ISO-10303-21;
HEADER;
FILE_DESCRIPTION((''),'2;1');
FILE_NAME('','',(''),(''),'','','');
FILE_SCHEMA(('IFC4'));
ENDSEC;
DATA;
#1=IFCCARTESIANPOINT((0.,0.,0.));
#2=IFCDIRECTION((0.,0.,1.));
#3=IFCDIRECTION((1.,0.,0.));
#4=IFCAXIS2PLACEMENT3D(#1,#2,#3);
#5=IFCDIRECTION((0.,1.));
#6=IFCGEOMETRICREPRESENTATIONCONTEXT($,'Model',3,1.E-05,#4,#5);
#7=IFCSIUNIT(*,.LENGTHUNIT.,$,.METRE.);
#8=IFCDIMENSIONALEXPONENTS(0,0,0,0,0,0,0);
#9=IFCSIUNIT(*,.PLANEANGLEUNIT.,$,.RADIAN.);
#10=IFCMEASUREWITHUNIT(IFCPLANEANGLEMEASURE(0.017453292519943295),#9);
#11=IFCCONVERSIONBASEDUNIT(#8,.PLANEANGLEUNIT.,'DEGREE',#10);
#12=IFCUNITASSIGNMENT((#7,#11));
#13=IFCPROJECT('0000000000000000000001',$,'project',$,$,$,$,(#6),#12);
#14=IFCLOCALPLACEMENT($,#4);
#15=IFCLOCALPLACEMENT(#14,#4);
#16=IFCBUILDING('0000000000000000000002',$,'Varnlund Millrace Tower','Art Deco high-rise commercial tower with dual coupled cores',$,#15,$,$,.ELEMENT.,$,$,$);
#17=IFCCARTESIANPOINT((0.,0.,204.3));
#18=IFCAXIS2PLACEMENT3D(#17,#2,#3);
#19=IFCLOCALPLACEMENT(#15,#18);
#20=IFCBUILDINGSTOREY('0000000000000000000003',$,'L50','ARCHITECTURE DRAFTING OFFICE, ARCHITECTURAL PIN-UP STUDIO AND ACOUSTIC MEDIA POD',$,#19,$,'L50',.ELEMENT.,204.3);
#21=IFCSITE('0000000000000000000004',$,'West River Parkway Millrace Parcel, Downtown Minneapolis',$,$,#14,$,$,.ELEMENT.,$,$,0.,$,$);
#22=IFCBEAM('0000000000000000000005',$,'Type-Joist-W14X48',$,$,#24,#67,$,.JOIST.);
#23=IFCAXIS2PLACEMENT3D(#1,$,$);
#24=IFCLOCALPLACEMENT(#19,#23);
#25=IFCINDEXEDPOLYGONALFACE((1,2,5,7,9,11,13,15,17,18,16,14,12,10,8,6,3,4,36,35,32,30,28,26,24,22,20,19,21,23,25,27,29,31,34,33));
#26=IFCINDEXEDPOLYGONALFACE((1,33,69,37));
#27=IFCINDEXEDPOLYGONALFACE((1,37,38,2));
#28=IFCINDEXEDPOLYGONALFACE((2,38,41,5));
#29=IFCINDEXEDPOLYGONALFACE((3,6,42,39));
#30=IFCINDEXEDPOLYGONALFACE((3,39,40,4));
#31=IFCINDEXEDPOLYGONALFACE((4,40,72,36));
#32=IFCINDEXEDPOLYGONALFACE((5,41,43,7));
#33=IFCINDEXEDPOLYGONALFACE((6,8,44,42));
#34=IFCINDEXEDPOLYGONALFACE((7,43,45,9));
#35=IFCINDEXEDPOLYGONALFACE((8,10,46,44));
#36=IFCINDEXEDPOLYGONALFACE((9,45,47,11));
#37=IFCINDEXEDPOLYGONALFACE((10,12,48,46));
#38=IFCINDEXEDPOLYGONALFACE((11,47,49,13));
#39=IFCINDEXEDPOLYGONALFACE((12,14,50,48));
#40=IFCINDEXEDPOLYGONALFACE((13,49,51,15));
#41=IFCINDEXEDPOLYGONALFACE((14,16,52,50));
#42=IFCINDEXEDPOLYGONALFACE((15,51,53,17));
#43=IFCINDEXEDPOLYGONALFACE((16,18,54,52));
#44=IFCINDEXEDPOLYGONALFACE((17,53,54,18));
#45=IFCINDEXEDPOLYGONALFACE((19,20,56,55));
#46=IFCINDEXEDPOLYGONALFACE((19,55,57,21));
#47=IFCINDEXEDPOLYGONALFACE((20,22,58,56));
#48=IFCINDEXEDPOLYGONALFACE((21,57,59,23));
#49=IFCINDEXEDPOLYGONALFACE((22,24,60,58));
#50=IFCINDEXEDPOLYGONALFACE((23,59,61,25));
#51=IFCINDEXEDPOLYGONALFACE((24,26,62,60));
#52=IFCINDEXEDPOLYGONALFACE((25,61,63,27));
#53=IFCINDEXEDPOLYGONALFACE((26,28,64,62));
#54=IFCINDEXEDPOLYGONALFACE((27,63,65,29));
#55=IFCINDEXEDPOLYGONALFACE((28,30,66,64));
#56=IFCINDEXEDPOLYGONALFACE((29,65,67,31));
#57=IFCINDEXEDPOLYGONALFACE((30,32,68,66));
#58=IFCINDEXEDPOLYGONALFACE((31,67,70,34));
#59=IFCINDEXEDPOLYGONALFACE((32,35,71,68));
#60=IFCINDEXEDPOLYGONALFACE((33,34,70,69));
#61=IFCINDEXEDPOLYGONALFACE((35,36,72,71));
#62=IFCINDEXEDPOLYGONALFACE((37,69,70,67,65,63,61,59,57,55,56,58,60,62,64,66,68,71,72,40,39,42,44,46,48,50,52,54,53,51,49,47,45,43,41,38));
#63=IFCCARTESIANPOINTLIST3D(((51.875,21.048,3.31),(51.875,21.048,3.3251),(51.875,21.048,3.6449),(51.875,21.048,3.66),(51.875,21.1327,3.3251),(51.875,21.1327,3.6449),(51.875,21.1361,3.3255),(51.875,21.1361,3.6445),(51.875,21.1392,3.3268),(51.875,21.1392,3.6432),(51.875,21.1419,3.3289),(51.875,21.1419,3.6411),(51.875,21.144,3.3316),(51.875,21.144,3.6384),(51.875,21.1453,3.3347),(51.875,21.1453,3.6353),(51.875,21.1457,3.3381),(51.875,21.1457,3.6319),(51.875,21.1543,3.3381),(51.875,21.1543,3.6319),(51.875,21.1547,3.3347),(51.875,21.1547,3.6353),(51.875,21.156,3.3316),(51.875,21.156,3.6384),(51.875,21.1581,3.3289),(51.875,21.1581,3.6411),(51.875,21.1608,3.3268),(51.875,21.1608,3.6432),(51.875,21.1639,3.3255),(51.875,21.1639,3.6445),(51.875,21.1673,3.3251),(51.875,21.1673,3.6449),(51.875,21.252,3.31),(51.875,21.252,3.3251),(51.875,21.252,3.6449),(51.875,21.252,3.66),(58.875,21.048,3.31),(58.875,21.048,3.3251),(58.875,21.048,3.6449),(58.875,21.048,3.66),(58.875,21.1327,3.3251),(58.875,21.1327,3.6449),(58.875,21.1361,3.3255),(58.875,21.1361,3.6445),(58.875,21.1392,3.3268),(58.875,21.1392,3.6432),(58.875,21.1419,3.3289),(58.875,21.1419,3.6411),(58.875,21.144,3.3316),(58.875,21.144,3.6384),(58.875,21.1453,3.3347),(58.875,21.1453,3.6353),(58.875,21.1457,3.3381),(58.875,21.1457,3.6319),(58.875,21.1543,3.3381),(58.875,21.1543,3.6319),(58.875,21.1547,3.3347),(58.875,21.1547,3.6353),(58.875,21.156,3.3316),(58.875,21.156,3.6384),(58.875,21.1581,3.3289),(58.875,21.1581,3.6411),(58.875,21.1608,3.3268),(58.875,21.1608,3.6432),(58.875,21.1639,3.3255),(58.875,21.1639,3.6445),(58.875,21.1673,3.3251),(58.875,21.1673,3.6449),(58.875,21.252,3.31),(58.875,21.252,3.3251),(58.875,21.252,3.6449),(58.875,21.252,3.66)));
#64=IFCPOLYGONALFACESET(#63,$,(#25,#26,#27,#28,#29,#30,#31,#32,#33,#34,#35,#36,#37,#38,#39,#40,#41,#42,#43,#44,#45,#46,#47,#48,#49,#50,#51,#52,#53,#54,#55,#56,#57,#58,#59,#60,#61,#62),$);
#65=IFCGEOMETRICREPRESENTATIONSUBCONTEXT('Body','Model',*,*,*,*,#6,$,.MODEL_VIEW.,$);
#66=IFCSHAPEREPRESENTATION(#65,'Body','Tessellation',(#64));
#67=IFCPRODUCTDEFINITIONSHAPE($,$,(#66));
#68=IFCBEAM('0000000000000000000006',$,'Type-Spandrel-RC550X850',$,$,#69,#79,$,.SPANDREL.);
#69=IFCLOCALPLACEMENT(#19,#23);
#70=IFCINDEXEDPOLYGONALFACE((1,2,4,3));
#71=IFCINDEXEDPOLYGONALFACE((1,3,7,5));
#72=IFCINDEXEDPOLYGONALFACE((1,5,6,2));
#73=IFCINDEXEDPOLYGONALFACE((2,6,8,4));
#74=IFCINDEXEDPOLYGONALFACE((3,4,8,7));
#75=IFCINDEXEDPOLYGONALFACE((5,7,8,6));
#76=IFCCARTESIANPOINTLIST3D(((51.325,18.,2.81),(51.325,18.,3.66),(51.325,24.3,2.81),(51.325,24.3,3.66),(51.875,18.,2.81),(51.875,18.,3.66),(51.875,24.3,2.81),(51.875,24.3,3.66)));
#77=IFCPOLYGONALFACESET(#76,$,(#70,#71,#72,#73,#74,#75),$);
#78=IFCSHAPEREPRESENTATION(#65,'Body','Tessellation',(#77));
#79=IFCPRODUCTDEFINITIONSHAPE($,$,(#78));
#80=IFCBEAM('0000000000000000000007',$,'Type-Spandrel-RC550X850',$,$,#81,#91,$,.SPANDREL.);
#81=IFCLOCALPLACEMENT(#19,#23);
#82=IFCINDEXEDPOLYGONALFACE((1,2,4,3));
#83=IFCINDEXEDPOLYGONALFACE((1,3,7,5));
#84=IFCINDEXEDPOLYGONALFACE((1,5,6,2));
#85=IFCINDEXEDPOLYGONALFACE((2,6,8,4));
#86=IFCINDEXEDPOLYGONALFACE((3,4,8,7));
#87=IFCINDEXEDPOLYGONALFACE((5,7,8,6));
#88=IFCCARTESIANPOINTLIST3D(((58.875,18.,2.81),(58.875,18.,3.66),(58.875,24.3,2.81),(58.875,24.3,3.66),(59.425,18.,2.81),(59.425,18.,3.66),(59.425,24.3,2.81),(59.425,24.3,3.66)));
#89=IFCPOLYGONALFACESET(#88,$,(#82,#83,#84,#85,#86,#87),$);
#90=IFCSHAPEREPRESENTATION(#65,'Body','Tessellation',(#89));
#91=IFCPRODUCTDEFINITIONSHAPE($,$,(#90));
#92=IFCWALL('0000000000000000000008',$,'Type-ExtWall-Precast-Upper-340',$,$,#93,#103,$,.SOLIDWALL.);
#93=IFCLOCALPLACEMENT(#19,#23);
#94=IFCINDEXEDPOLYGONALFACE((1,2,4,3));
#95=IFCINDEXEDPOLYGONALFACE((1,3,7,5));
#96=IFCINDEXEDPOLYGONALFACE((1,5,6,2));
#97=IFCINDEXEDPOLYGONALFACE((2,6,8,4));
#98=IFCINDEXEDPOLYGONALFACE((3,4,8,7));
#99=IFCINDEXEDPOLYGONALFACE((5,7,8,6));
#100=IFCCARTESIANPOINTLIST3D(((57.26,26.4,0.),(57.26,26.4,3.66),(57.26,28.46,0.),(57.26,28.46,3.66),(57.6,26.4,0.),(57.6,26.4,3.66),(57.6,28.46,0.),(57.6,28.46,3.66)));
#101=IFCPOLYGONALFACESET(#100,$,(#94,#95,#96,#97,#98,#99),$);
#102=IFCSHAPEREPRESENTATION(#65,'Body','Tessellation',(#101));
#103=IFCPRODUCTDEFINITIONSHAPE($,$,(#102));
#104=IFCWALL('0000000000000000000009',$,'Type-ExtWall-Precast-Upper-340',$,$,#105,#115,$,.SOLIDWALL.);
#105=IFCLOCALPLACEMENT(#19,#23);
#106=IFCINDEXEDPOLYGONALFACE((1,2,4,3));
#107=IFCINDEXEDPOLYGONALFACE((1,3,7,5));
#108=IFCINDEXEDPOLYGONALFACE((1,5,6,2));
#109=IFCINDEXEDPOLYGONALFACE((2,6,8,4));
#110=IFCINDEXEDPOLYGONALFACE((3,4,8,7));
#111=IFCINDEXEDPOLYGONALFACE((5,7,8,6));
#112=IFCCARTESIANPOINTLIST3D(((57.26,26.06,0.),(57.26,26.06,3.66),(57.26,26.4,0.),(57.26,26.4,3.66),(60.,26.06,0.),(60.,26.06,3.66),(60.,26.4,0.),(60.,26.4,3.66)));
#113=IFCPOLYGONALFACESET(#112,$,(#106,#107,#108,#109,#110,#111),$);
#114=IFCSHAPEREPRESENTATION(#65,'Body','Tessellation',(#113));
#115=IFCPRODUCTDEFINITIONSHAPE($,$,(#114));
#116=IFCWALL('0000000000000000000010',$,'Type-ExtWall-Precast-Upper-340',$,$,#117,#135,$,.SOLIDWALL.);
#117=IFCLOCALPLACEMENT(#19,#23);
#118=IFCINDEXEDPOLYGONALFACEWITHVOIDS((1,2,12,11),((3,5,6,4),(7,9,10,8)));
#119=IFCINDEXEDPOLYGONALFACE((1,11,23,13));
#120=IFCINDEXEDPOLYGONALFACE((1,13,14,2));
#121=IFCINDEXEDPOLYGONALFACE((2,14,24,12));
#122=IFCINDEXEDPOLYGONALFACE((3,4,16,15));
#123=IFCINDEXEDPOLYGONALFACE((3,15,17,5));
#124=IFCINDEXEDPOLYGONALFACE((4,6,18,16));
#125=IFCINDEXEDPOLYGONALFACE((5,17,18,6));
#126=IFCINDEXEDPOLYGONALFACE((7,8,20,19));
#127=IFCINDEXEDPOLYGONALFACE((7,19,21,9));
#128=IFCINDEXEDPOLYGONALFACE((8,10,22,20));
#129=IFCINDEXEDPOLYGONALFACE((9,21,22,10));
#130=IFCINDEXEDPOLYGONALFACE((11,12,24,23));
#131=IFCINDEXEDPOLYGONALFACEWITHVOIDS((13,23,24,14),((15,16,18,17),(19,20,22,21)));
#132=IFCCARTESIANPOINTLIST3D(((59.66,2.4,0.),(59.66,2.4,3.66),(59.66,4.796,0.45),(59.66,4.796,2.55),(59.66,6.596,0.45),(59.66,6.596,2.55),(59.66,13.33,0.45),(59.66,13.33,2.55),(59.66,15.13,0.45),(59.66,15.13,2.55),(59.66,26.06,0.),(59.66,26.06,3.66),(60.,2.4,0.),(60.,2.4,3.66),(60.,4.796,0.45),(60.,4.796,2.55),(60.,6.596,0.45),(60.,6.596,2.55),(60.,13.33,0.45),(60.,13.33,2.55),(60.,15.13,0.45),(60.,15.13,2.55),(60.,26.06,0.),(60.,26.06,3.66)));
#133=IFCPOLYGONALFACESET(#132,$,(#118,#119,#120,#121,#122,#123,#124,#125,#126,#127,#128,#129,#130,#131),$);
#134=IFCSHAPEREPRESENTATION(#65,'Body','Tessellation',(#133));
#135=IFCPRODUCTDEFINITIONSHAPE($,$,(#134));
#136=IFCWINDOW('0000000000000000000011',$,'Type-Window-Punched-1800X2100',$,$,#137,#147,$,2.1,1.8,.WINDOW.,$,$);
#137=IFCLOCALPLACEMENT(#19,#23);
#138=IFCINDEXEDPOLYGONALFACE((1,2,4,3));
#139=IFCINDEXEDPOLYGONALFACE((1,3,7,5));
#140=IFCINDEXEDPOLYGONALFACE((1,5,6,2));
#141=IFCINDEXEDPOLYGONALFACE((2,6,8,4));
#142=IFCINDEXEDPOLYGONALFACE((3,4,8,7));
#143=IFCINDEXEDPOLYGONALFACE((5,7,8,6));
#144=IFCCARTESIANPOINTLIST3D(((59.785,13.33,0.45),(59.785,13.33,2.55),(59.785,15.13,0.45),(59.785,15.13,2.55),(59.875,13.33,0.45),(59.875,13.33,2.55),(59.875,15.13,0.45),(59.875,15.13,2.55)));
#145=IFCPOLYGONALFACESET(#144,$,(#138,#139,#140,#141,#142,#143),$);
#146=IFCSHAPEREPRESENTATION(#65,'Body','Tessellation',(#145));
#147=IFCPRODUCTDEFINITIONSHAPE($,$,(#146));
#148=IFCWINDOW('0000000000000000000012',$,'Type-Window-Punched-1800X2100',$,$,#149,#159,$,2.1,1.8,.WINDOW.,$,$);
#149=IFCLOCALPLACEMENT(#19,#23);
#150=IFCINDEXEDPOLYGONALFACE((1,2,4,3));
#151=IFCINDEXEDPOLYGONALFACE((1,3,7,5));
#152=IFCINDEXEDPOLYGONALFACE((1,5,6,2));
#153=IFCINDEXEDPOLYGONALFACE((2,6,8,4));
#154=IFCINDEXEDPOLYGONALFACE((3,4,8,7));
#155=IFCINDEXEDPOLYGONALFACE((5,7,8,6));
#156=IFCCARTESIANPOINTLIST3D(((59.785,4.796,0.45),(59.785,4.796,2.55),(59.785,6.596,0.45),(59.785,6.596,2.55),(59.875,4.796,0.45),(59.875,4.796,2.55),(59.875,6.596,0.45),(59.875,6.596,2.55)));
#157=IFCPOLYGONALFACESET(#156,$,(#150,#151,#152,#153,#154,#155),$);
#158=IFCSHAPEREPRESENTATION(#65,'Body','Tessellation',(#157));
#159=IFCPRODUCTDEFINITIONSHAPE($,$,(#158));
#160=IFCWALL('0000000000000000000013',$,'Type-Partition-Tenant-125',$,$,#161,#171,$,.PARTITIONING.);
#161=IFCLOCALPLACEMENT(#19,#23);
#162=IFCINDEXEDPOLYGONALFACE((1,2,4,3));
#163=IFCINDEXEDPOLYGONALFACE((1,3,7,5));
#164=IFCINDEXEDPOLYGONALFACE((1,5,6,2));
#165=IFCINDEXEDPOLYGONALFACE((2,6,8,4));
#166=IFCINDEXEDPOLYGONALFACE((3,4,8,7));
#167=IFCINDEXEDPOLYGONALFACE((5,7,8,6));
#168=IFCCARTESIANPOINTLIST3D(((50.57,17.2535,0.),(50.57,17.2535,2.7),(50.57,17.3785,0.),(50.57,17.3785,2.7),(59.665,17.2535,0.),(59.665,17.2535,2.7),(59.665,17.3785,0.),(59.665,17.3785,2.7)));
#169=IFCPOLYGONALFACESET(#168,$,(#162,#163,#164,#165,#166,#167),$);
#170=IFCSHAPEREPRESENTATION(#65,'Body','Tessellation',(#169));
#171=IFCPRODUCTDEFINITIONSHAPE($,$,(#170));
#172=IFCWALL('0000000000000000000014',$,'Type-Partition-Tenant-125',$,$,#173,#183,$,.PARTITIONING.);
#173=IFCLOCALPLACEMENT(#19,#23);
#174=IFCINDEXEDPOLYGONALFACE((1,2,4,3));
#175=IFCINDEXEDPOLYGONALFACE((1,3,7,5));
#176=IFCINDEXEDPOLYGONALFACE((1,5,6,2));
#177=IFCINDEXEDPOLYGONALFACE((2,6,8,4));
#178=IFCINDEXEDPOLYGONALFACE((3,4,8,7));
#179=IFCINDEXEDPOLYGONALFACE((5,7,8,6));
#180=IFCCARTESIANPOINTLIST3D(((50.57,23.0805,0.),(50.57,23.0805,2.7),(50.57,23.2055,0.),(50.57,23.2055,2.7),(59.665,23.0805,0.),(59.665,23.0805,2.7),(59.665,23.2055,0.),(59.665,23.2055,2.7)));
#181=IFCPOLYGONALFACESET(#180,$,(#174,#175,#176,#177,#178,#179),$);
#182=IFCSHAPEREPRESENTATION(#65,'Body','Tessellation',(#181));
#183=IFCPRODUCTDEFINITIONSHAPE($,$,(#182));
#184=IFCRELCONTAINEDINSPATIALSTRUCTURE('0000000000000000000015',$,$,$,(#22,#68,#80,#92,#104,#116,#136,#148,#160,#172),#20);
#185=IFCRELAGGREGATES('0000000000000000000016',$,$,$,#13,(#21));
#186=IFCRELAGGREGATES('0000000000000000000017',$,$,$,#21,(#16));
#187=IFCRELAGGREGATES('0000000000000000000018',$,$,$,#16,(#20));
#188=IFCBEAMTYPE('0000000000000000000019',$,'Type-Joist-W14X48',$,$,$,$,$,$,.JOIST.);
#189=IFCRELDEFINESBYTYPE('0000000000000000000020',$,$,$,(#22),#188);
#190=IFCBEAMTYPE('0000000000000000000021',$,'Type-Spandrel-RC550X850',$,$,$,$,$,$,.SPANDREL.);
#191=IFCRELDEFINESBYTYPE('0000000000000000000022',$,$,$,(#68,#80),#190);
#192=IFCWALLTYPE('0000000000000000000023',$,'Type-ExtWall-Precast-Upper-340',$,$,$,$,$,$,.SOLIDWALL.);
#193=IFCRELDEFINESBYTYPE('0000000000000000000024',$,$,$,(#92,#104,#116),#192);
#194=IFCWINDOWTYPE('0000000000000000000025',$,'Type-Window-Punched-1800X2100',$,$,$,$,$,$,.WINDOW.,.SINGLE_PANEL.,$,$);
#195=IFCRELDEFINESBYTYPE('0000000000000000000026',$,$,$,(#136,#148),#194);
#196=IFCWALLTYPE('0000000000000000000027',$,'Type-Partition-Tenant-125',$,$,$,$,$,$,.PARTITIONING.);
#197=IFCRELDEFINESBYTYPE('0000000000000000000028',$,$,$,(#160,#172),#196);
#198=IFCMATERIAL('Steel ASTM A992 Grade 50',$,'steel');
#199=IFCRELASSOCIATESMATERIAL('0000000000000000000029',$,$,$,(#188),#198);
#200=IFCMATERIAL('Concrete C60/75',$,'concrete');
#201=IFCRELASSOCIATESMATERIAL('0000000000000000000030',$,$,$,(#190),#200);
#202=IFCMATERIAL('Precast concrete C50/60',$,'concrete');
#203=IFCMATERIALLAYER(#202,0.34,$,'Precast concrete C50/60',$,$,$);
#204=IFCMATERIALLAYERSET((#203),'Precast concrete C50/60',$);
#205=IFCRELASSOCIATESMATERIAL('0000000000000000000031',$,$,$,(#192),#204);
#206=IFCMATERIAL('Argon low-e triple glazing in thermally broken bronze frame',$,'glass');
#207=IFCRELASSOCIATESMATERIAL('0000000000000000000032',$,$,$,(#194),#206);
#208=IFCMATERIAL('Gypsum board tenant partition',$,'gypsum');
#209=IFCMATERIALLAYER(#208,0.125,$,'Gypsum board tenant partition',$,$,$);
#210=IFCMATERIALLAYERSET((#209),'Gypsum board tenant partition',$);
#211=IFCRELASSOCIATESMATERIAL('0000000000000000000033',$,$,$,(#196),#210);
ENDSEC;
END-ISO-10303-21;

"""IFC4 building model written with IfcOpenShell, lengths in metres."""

from ifc_helpers import new_model, entity, si_unit, converted_unit, direction, frame, origin_with_axes, origin_2d_with_axis, place, context, subcontext, project, spatial, polyline, rectangle, i_section, outline, extrude, material, layer, layer_set, material_profile, profile_set, type_object, element, fill, save


model = new_model("IFC4")

# Units and contexts
model_context = context("Model", 3, precision=1e-05, world=origin_with_axes(), true_north=direction((0.0, 1.0)))
body_context = subcontext(model_context, "Body", "Model", "MODEL_VIEW")
ifc_project = project(units=[si_unit("LENGTHUNIT", "METRE"), converted_unit("PLANEANGLEUNIT", "DEGREE", entity("IfcPlaneAngleMeasure", 0.017453292519943295), si_unit("PLANEANGLEUNIT", "RADIAN"), dimensions=[0, 0, 0, 0, 0, 0, 0])], contexts=[model_context])

# Site, building, storey
site_placement = place(None, origin_with_axes())
site = spatial("IfcSite", under=ifc_project, at=site_placement, Name="West River Parkway Millrace Parcel, Downtown Minneapolis", CompositionType="ELEMENT", RefElevation=0.0)
building_placement = place(site_placement, origin_with_axes())
building = spatial("IfcBuilding", under=site, at=building_placement, Name="Varnlund Millrace Tower", Description="Art Deco high-rise commercial tower with dual coupled cores", CompositionType="ELEMENT")
storey_placement = place(building_placement, frame((0.0, 0.0, 204.3), z_axis=(0.0, 0.0, 1.0), x_axis=(1.0, 0.0, 0.0)))
storey = spatial("IfcBuildingStorey", under=building, at=storey_placement, Name="L50", Description="ARCHITECTURE DRAFTING OFFICE, ARCHITECTURAL PIN-UP STUDIO AND ACOUSTIC MEDIA POD", LongName="L50", CompositionType="ELEMENT", Elevation=204.3)

# Beams
ifc_material_1 = material(Name="Steel ASTM A992 Grade 50", Category="steel")
ifc_material_profile_1 = material_profile(ifc_material_1, i_section(OverallWidth=0.204, OverallDepth=0.35, WebThickness=0.0086, FlangeThickness=0.0151, FilletRadius=0.013, at=origin_2d_with_axis()), Name="Steel ASTM A992 Grade 50")
ifc_profile_set_1 = profile_set([ifc_material_profile_1], Name="Steel ASTM A992 Grade 50")
beam_type_1 = type_object("IfcBeamType", Name="Type-Joist-W14X48", PredefinedType="JOIST", material=ifc_profile_set_1)
for number, where, z_axis, x_axis, name in (
    (1, (51.875, 21.15, 3.485), (1.0, 0.0, 0.0), (0.0, 1.0, 0.0), "Type-Joist-W14X48"),
):
    element("IfcBeam", number, at=place(storey_placement, frame(where, z_axis=z_axis, x_axis=x_axis)), inside=storey, type_object=beam_type_1, Name=name, PredefinedType="JOIST", context=body_context, shape_type="SweptSolid", body=[
        extrude(i_section(OverallWidth=0.204, OverallDepth=0.35, WebThickness=0.0086, FlangeThickness=0.0151, FilletRadius=0.013, at=origin_2d_with_axis()), origin_with_axes(), (0.0, 0.0, 1.0), 7.0),
    ])
ifc_material_2 = material(Name="Concrete C60/75", Category="concrete")
ifc_material_profile_2 = material_profile(ifc_material_2, rectangle(XDim=0.55, YDim=0.85, at=origin_2d_with_axis()), Name="Concrete C60/75")
ifc_profile_set_2 = profile_set([ifc_material_profile_2], Name="Concrete C60/75")
beam_type_2 = type_object("IfcBeamType", Name="Type-Spandrel-RC550X850", PredefinedType="SPANDREL", material=ifc_profile_set_2)
for number, where, z_axis, x_axis, name in (
    (2, (51.6, 18.0, 3.235), (0.0, 1.0, 0.0), (-1.0, 0.0, 0.0), "Type-Spandrel-RC550X850"),
    (3, (59.15, 18.0, 3.235), (0.0, 1.0, 0.0), (-1.0, 0.0, 0.0), "Type-Spandrel-RC550X850"),
):
    element("IfcBeam", number, at=place(storey_placement, frame(where, z_axis=z_axis, x_axis=x_axis)), inside=storey, type_object=beam_type_2, Name=name, PredefinedType="SPANDREL", context=body_context, shape_type="SweptSolid", body=[
        extrude(rectangle(XDim=0.55, YDim=0.85, at=origin_2d_with_axis()), origin_with_axes(), (0.0, 0.0, 1.0), 6.3),
    ])

# Walls
ifc_material_3 = material(Name="Precast concrete C50/60", Category="concrete")
ifc_layer_1 = layer(ifc_material_3, 0.34, Name="Precast concrete C50/60")
ifc_layer_set_1 = layer_set([ifc_layer_1], Name="Precast concrete C50/60")
wall_type_1 = type_object("IfcWallType", Name="Type-ExtWall-Precast-Upper-340", PredefinedType="SOLIDWALL", material=ifc_layer_set_1)
wall_1_placement = place(storey_placement, frame((57.43, 28.46, 0.0), z_axis=(0.0, 0.0, 1.0), x_axis=(0.0, -1.0, 0.0)))
element("IfcWall", 4, at=wall_1_placement, inside=storey, type_object=wall_type_1, Name="Type-ExtWall-Precast-Upper-340", PredefinedType="SOLIDWALL", context=body_context, shape_type="SweptSolid", body=[
    extrude(outline(polyline([(0.0, -0.17), (2.06, -0.17), (2.06, 0.17), (0.0, 0.17), (0.0, -0.17)])), origin_with_axes(), (0.0, 0.0, 1.0), 3.66),
])
wall_2_placement = place(storey_placement, frame((57.26, 26.23, 0.0), z_axis=(0.0, 0.0, 1.0), x_axis=(1.0, 0.0, 0.0)))
element("IfcWall", 5, at=wall_2_placement, inside=storey, type_object=wall_type_1, Name="Type-ExtWall-Precast-Upper-340", PredefinedType="SOLIDWALL", context=body_context, shape_type="SweptSolid", body=[
    extrude(outline(polyline([(0.0, -0.17), (2.74, -0.17), (2.74, 0.17), (0.0, 0.17), (0.0, -0.17)])), origin_with_axes(), (0.0, 0.0, 1.0), 3.66),
])

# Wall, openings, windows
wall_3_placement = place(storey_placement, frame((59.83, 26.06, 0.0), z_axis=(0.0, 0.0, 1.0), x_axis=(0.0, -1.0, 0.0)))
wall_3 = element("IfcWall", 6, at=wall_3_placement, inside=storey, type_object=wall_type_1, Name="Type-ExtWall-Precast-Upper-340", PredefinedType="SOLIDWALL", context=body_context, shape_type="SweptSolid", body=[
    extrude(outline(polyline([(0.0, -0.17), (23.66, -0.17), (23.66, 0.17), (0.0, 0.17), (0.0, -0.17)])), origin_with_axes(), (0.0, 0.0, 1.0), 3.66),
])
opening_1_placement = place(wall_3_placement, frame((11.83, 0.0, 0.45), z_axis=(0.0, 0.0, 1.0), x_axis=(1.0, 0.0, 0.0)))
opening_1 = element("IfcOpeningElement", 7, at=opening_1_placement, cuts=wall_3, PredefinedType="OPENING", context=body_context, shape_type="SweptSolid", body=[
    extrude(rectangle(XDim=1.8, YDim=0.36, at=origin_2d_with_axis()), origin_with_axes(), (0.0, 0.0, 1.0), 2.1),
])
opening_2_placement = place(wall_3_placement, frame((20.364, 0.0, 0.45), z_axis=(0.0, 0.0, 1.0), x_axis=(1.0, 0.0, 0.0)))
opening_2 = element("IfcOpeningElement", 8, at=opening_2_placement, cuts=wall_3, PredefinedType="OPENING", context=body_context, shape_type="SweptSolid", body=[
    extrude(rectangle(XDim=1.8, YDim=0.36, at=origin_2d_with_axis()), origin_with_axes(), (0.0, 0.0, 1.0), 2.1),
])
ifc_material_4 = material(Name="Argon low-e triple glazing in thermally broken bronze frame", Category="glass")
window_type = type_object("IfcWindowType", Name="Type-Window-Punched-1800X2100", PartitioningType="SINGLE_PANEL", PredefinedType="WINDOW", material=ifc_material_4)
window_1_placement = place(wall_3_placement, frame((11.83, 0.0, 0.45), z_axis=(0.0, 0.0, 1.0), x_axis=(1.0, 0.0, 0.0)))
window_1 = element("IfcWindow", 9, at=window_1_placement, inside=storey, type_object=window_type, Name="Type-Window-Punched-1800X2100", OverallHeight=2.1, OverallWidth=1.8, PredefinedType="WINDOW", context=body_context, shape_type="SweptSolid", body=[
    extrude(rectangle(XDim=1.8, YDim=0.09, at=origin_2d_with_axis()), origin_with_axes(), (0.0, 0.0, 1.0), 2.1),
])
fill(opening_1, window_1)
window_2_placement = place(wall_3_placement, frame((20.364, 0.0, 0.45), z_axis=(0.0, 0.0, 1.0), x_axis=(1.0, 0.0, 0.0)))
window_2 = element("IfcWindow", 10, at=window_2_placement, inside=storey, type_object=window_type, Name="Type-Window-Punched-1800X2100", OverallHeight=2.1, OverallWidth=1.8, PredefinedType="WINDOW", context=body_context, shape_type="SweptSolid", body=[
    extrude(rectangle(XDim=1.8, YDim=0.09, at=origin_2d_with_axis()), origin_with_axes(), (0.0, 0.0, 1.0), 2.1),
])
fill(opening_2, window_2)

# Walls
ifc_material_5 = material(Name="Gypsum board tenant partition", Category="gypsum")
ifc_layer_2 = layer(ifc_material_5, 0.125, Name="Gypsum board tenant partition")
ifc_layer_set_2 = layer_set([ifc_layer_2], Name="Gypsum board tenant partition")
wall_type_2 = type_object("IfcWallType", Name="Type-Partition-Tenant-125", PredefinedType="PARTITIONING", material=ifc_layer_set_2)
for number, where, z_axis, x_axis, name in (
    (11, (50.57, 17.316, 0.0), (0.0, 0.0, 1.0), (1.0, 0.0, 0.0), "Type-Partition-Tenant-125"),
    (12, (50.57, 23.143, 0.0), (0.0, 0.0, 1.0), (1.0, 0.0, 0.0), "Type-Partition-Tenant-125"),
):
    element("IfcWall", number, at=place(storey_placement, frame(where, z_axis=z_axis, x_axis=x_axis)), inside=storey, type_object=wall_type_2, Name=name, PredefinedType="PARTITIONING", context=body_context, shape_type="SweptSolid", body=[
        extrude(outline(polyline([(0.0, -0.0625), (9.095, -0.0625), (9.095, 0.0625), (0.0, 0.0625), (0.0, -0.0625)])), origin_with_axes(), (0.0, 0.0, 1.0), 2.7),
    ])

save(model, "model.ifc")
